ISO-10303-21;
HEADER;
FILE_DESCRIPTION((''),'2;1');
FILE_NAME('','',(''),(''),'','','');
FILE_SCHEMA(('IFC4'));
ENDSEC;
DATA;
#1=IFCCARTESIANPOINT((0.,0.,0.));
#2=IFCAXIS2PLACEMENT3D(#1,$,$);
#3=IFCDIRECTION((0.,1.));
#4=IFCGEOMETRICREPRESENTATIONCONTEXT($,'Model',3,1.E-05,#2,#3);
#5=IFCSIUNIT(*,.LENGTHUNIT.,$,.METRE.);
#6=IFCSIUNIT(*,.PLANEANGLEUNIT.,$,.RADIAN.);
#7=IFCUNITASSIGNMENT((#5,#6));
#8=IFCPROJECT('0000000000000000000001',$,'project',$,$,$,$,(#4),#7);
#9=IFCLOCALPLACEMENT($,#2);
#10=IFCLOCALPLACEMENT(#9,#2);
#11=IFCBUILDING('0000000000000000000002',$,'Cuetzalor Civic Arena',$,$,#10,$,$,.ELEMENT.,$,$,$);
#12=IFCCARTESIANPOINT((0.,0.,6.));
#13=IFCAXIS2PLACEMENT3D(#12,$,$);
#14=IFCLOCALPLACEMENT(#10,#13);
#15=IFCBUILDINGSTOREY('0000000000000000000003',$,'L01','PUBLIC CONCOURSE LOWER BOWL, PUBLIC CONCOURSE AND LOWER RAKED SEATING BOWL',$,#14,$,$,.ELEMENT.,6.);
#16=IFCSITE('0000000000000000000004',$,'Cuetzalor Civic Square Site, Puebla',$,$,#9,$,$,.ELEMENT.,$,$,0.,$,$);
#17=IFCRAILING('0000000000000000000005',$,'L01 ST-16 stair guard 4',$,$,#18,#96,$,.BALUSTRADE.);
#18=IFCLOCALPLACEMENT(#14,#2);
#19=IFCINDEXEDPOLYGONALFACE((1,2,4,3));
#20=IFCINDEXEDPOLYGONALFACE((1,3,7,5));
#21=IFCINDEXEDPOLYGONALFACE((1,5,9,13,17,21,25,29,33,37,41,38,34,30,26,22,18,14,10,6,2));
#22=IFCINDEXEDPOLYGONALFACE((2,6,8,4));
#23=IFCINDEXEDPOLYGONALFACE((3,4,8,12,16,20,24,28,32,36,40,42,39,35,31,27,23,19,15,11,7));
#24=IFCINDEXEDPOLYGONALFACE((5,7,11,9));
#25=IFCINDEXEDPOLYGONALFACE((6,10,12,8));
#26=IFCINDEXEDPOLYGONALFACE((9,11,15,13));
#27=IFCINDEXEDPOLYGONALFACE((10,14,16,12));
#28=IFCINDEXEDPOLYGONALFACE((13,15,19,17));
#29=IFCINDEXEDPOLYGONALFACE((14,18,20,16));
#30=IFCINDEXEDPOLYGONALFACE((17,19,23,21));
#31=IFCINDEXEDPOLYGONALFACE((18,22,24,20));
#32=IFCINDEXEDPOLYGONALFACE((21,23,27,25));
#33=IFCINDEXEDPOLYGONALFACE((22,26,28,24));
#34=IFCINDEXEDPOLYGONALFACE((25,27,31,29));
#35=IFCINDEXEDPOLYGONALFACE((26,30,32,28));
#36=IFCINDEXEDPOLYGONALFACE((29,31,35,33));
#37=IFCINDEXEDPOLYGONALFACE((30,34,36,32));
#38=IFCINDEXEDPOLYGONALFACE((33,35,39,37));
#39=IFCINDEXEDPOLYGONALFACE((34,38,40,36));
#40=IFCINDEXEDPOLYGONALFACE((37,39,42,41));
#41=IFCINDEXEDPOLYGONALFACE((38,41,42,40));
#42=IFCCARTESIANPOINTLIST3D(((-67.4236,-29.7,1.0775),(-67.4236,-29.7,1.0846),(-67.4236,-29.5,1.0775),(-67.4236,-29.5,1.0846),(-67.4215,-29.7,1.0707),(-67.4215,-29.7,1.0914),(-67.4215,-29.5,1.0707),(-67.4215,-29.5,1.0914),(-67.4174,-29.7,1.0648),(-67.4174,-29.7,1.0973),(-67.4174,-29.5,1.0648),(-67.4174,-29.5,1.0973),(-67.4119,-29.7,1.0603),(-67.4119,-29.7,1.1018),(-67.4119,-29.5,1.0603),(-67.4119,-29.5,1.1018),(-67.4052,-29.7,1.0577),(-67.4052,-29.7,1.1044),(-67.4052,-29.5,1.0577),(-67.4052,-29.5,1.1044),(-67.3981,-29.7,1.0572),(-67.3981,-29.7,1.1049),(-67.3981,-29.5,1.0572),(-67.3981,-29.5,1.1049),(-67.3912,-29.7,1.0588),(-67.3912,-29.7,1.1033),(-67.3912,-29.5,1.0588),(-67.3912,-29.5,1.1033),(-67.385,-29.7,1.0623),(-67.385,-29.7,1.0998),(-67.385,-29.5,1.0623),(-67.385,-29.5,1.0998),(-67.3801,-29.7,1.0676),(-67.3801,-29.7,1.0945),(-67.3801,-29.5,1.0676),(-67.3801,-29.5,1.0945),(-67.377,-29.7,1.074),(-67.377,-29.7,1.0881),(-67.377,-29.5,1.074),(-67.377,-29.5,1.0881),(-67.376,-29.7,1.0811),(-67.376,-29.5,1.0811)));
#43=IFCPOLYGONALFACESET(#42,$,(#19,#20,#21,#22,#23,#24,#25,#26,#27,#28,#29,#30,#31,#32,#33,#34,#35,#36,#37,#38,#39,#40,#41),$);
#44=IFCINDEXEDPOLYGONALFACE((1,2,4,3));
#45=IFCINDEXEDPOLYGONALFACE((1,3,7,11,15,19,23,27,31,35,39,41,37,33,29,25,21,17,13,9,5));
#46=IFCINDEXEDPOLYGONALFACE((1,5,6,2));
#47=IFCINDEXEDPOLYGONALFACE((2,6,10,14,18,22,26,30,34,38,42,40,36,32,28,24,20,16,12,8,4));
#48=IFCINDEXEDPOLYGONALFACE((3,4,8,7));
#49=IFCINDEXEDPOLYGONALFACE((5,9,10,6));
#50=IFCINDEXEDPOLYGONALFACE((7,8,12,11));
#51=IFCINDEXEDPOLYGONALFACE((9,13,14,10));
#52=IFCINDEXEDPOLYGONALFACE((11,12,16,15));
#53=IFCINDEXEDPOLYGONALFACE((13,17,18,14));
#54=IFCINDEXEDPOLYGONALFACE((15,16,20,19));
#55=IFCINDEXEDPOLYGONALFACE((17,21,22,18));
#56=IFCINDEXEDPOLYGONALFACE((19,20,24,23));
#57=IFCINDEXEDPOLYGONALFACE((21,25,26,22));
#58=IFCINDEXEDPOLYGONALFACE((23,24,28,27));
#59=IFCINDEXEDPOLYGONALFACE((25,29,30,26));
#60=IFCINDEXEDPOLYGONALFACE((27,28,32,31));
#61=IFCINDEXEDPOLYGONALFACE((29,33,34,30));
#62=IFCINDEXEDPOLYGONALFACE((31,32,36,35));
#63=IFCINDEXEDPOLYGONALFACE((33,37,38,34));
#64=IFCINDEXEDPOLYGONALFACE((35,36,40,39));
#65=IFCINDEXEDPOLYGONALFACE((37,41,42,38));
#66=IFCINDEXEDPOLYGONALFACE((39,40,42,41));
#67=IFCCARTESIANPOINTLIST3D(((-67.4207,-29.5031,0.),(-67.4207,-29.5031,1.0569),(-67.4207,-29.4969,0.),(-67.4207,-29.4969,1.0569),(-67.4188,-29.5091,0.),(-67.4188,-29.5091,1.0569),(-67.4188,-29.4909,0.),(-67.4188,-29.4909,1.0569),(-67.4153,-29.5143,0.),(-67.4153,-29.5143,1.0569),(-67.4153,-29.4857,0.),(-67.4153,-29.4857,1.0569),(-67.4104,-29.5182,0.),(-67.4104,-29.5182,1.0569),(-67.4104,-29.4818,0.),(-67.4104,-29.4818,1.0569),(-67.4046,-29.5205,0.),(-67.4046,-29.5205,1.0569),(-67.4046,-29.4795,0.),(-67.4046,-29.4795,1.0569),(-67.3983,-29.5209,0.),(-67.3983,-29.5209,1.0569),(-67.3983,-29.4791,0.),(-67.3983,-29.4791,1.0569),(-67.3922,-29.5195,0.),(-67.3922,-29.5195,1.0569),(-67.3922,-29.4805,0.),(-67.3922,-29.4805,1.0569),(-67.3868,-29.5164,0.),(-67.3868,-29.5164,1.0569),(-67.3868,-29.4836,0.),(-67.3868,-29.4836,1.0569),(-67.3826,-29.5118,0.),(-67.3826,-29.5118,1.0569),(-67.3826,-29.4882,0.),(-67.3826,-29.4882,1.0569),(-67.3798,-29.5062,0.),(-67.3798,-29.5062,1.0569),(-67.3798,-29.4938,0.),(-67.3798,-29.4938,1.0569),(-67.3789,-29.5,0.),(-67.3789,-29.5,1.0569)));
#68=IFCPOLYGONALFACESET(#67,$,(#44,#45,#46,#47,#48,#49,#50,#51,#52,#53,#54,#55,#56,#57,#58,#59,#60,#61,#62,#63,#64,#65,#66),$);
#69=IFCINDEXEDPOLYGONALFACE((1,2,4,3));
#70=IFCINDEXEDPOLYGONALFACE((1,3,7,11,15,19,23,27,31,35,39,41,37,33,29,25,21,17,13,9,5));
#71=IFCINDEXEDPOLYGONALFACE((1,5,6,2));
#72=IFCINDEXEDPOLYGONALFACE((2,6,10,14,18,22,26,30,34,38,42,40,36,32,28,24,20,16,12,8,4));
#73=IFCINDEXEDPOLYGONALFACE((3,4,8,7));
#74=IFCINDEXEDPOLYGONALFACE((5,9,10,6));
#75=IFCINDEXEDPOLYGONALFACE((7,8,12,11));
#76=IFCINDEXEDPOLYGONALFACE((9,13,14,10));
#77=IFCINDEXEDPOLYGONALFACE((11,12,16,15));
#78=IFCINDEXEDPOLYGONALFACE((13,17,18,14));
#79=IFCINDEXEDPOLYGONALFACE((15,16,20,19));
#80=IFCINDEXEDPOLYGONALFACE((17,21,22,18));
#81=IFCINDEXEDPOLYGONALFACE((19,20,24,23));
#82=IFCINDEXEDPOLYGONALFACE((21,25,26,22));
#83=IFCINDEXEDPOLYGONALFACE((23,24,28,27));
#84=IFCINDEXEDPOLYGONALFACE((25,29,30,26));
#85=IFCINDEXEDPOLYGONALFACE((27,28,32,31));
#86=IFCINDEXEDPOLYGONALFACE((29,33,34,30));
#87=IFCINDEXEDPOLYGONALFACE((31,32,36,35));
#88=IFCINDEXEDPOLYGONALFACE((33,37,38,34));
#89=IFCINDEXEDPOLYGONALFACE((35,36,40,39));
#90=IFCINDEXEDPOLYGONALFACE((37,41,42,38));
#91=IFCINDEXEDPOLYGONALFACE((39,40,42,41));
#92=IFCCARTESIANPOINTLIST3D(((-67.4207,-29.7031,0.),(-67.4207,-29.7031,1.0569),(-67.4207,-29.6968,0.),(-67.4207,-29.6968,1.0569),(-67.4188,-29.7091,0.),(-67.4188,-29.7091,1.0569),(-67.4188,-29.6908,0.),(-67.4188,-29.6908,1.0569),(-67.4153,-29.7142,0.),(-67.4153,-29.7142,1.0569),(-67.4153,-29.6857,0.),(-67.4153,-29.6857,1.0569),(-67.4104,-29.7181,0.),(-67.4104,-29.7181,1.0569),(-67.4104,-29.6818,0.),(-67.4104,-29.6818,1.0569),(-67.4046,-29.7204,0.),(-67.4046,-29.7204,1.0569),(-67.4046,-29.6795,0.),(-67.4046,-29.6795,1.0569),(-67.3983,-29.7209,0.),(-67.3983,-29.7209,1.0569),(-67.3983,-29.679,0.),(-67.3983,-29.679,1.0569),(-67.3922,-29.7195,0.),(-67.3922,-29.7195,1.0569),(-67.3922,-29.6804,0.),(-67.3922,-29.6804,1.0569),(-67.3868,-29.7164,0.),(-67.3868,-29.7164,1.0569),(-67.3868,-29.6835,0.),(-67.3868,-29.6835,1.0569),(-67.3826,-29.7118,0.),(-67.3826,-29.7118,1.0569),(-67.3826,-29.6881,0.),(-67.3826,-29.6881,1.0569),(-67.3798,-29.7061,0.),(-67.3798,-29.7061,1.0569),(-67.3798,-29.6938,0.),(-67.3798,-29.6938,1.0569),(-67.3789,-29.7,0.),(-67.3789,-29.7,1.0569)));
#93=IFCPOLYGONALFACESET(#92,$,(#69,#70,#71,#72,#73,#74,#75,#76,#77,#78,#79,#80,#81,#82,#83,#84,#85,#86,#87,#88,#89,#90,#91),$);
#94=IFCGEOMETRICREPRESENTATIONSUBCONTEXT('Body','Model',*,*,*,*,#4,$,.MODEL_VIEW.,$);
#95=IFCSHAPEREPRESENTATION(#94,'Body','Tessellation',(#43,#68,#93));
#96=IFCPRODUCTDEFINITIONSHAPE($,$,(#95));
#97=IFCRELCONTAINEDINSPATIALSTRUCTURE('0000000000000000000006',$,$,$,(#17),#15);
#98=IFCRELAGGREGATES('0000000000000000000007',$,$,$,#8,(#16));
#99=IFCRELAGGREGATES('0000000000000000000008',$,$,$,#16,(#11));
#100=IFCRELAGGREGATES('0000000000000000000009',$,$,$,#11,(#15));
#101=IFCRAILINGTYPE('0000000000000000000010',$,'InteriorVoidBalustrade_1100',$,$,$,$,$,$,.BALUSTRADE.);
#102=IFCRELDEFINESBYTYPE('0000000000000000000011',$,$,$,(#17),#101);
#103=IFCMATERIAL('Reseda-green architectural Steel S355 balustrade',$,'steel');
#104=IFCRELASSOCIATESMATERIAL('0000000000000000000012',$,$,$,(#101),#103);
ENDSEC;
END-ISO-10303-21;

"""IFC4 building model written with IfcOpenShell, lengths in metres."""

from ifc_helpers import new_model, si_unit, direction, frame, origin, origin_2d, place, context, subcontext, project, spatial, circle, extrude, material, type_object, element, save


model = new_model("IFC4")

# Units and contexts
model_context = context("Model", 3, precision=1e-05, world=origin(), true_north=direction((0.0, 1.0)))
body_context = subcontext(model_context, "Body", "Model", "MODEL_VIEW")
ifc_project = project(units=[si_unit("LENGTHUNIT", "METRE"), si_unit("PLANEANGLEUNIT", "RADIAN")], contexts=[model_context])

# Site, building, storey
site_placement = place(None, origin())
site = spatial("IfcSite", under=ifc_project, at=site_placement, Name="Cuetzalor Civic Square Site, Puebla", CompositionType="ELEMENT", RefElevation=0.0)
building_placement = place(site_placement, origin())
building = spatial("IfcBuilding", under=site, at=building_placement, Name="Cuetzalor Civic Arena", CompositionType="ELEMENT")
storey_placement = place(building_placement, frame((0.0, 0.0, 6.0)))
storey = spatial("IfcBuildingStorey", under=building, at=storey_placement, Name="L01", Description="PUBLIC CONCOURSE LOWER BOWL, PUBLIC CONCOURSE AND LOWER RAKED SEATING BOWL", CompositionType="ELEMENT", Elevation=6.0)

# Railing
ifc_material_1 = material(Name="Reseda-green architectural Steel S355 balustrade", Category="steel")
railing_type_1 = type_object("IfcRailingType", Name="InteriorVoidBalustrade_1100", PredefinedType="BALUSTRADE", material=ifc_material_1)
railing_1_placement = place(storey_placement, frame((-67.3999, -29.5, 0.0)))
element("IfcRailing", 1, at=railing_1_placement, inside=storey, type_object=railing_type_1, Name="L01 ST-16 stair guard 4", PredefinedType="BALUSTRADE", context=body_context, shape_type="SweptSolid", body=[
    extrude(circle(Radius=0.0239, at=origin_2d()), frame((0.0, 0.0, 1.0811), z_axis=(0.0, -1.0, 0.0), x_axis=(1.0, 0.0, 0.0)), (0.0, 0.0, 1.0), 0.2),
    extrude(circle(Radius=0.021, at=origin_2d()), origin(), (0.0, 0.0, 1.0), 1.0569),
    extrude(circle(Radius=0.021, at=origin_2d()), frame((0.0, -0.2, 0.0)), (0.0, 0.0, 1.0), 1.0569),
])

save(model, "model.ifc")
